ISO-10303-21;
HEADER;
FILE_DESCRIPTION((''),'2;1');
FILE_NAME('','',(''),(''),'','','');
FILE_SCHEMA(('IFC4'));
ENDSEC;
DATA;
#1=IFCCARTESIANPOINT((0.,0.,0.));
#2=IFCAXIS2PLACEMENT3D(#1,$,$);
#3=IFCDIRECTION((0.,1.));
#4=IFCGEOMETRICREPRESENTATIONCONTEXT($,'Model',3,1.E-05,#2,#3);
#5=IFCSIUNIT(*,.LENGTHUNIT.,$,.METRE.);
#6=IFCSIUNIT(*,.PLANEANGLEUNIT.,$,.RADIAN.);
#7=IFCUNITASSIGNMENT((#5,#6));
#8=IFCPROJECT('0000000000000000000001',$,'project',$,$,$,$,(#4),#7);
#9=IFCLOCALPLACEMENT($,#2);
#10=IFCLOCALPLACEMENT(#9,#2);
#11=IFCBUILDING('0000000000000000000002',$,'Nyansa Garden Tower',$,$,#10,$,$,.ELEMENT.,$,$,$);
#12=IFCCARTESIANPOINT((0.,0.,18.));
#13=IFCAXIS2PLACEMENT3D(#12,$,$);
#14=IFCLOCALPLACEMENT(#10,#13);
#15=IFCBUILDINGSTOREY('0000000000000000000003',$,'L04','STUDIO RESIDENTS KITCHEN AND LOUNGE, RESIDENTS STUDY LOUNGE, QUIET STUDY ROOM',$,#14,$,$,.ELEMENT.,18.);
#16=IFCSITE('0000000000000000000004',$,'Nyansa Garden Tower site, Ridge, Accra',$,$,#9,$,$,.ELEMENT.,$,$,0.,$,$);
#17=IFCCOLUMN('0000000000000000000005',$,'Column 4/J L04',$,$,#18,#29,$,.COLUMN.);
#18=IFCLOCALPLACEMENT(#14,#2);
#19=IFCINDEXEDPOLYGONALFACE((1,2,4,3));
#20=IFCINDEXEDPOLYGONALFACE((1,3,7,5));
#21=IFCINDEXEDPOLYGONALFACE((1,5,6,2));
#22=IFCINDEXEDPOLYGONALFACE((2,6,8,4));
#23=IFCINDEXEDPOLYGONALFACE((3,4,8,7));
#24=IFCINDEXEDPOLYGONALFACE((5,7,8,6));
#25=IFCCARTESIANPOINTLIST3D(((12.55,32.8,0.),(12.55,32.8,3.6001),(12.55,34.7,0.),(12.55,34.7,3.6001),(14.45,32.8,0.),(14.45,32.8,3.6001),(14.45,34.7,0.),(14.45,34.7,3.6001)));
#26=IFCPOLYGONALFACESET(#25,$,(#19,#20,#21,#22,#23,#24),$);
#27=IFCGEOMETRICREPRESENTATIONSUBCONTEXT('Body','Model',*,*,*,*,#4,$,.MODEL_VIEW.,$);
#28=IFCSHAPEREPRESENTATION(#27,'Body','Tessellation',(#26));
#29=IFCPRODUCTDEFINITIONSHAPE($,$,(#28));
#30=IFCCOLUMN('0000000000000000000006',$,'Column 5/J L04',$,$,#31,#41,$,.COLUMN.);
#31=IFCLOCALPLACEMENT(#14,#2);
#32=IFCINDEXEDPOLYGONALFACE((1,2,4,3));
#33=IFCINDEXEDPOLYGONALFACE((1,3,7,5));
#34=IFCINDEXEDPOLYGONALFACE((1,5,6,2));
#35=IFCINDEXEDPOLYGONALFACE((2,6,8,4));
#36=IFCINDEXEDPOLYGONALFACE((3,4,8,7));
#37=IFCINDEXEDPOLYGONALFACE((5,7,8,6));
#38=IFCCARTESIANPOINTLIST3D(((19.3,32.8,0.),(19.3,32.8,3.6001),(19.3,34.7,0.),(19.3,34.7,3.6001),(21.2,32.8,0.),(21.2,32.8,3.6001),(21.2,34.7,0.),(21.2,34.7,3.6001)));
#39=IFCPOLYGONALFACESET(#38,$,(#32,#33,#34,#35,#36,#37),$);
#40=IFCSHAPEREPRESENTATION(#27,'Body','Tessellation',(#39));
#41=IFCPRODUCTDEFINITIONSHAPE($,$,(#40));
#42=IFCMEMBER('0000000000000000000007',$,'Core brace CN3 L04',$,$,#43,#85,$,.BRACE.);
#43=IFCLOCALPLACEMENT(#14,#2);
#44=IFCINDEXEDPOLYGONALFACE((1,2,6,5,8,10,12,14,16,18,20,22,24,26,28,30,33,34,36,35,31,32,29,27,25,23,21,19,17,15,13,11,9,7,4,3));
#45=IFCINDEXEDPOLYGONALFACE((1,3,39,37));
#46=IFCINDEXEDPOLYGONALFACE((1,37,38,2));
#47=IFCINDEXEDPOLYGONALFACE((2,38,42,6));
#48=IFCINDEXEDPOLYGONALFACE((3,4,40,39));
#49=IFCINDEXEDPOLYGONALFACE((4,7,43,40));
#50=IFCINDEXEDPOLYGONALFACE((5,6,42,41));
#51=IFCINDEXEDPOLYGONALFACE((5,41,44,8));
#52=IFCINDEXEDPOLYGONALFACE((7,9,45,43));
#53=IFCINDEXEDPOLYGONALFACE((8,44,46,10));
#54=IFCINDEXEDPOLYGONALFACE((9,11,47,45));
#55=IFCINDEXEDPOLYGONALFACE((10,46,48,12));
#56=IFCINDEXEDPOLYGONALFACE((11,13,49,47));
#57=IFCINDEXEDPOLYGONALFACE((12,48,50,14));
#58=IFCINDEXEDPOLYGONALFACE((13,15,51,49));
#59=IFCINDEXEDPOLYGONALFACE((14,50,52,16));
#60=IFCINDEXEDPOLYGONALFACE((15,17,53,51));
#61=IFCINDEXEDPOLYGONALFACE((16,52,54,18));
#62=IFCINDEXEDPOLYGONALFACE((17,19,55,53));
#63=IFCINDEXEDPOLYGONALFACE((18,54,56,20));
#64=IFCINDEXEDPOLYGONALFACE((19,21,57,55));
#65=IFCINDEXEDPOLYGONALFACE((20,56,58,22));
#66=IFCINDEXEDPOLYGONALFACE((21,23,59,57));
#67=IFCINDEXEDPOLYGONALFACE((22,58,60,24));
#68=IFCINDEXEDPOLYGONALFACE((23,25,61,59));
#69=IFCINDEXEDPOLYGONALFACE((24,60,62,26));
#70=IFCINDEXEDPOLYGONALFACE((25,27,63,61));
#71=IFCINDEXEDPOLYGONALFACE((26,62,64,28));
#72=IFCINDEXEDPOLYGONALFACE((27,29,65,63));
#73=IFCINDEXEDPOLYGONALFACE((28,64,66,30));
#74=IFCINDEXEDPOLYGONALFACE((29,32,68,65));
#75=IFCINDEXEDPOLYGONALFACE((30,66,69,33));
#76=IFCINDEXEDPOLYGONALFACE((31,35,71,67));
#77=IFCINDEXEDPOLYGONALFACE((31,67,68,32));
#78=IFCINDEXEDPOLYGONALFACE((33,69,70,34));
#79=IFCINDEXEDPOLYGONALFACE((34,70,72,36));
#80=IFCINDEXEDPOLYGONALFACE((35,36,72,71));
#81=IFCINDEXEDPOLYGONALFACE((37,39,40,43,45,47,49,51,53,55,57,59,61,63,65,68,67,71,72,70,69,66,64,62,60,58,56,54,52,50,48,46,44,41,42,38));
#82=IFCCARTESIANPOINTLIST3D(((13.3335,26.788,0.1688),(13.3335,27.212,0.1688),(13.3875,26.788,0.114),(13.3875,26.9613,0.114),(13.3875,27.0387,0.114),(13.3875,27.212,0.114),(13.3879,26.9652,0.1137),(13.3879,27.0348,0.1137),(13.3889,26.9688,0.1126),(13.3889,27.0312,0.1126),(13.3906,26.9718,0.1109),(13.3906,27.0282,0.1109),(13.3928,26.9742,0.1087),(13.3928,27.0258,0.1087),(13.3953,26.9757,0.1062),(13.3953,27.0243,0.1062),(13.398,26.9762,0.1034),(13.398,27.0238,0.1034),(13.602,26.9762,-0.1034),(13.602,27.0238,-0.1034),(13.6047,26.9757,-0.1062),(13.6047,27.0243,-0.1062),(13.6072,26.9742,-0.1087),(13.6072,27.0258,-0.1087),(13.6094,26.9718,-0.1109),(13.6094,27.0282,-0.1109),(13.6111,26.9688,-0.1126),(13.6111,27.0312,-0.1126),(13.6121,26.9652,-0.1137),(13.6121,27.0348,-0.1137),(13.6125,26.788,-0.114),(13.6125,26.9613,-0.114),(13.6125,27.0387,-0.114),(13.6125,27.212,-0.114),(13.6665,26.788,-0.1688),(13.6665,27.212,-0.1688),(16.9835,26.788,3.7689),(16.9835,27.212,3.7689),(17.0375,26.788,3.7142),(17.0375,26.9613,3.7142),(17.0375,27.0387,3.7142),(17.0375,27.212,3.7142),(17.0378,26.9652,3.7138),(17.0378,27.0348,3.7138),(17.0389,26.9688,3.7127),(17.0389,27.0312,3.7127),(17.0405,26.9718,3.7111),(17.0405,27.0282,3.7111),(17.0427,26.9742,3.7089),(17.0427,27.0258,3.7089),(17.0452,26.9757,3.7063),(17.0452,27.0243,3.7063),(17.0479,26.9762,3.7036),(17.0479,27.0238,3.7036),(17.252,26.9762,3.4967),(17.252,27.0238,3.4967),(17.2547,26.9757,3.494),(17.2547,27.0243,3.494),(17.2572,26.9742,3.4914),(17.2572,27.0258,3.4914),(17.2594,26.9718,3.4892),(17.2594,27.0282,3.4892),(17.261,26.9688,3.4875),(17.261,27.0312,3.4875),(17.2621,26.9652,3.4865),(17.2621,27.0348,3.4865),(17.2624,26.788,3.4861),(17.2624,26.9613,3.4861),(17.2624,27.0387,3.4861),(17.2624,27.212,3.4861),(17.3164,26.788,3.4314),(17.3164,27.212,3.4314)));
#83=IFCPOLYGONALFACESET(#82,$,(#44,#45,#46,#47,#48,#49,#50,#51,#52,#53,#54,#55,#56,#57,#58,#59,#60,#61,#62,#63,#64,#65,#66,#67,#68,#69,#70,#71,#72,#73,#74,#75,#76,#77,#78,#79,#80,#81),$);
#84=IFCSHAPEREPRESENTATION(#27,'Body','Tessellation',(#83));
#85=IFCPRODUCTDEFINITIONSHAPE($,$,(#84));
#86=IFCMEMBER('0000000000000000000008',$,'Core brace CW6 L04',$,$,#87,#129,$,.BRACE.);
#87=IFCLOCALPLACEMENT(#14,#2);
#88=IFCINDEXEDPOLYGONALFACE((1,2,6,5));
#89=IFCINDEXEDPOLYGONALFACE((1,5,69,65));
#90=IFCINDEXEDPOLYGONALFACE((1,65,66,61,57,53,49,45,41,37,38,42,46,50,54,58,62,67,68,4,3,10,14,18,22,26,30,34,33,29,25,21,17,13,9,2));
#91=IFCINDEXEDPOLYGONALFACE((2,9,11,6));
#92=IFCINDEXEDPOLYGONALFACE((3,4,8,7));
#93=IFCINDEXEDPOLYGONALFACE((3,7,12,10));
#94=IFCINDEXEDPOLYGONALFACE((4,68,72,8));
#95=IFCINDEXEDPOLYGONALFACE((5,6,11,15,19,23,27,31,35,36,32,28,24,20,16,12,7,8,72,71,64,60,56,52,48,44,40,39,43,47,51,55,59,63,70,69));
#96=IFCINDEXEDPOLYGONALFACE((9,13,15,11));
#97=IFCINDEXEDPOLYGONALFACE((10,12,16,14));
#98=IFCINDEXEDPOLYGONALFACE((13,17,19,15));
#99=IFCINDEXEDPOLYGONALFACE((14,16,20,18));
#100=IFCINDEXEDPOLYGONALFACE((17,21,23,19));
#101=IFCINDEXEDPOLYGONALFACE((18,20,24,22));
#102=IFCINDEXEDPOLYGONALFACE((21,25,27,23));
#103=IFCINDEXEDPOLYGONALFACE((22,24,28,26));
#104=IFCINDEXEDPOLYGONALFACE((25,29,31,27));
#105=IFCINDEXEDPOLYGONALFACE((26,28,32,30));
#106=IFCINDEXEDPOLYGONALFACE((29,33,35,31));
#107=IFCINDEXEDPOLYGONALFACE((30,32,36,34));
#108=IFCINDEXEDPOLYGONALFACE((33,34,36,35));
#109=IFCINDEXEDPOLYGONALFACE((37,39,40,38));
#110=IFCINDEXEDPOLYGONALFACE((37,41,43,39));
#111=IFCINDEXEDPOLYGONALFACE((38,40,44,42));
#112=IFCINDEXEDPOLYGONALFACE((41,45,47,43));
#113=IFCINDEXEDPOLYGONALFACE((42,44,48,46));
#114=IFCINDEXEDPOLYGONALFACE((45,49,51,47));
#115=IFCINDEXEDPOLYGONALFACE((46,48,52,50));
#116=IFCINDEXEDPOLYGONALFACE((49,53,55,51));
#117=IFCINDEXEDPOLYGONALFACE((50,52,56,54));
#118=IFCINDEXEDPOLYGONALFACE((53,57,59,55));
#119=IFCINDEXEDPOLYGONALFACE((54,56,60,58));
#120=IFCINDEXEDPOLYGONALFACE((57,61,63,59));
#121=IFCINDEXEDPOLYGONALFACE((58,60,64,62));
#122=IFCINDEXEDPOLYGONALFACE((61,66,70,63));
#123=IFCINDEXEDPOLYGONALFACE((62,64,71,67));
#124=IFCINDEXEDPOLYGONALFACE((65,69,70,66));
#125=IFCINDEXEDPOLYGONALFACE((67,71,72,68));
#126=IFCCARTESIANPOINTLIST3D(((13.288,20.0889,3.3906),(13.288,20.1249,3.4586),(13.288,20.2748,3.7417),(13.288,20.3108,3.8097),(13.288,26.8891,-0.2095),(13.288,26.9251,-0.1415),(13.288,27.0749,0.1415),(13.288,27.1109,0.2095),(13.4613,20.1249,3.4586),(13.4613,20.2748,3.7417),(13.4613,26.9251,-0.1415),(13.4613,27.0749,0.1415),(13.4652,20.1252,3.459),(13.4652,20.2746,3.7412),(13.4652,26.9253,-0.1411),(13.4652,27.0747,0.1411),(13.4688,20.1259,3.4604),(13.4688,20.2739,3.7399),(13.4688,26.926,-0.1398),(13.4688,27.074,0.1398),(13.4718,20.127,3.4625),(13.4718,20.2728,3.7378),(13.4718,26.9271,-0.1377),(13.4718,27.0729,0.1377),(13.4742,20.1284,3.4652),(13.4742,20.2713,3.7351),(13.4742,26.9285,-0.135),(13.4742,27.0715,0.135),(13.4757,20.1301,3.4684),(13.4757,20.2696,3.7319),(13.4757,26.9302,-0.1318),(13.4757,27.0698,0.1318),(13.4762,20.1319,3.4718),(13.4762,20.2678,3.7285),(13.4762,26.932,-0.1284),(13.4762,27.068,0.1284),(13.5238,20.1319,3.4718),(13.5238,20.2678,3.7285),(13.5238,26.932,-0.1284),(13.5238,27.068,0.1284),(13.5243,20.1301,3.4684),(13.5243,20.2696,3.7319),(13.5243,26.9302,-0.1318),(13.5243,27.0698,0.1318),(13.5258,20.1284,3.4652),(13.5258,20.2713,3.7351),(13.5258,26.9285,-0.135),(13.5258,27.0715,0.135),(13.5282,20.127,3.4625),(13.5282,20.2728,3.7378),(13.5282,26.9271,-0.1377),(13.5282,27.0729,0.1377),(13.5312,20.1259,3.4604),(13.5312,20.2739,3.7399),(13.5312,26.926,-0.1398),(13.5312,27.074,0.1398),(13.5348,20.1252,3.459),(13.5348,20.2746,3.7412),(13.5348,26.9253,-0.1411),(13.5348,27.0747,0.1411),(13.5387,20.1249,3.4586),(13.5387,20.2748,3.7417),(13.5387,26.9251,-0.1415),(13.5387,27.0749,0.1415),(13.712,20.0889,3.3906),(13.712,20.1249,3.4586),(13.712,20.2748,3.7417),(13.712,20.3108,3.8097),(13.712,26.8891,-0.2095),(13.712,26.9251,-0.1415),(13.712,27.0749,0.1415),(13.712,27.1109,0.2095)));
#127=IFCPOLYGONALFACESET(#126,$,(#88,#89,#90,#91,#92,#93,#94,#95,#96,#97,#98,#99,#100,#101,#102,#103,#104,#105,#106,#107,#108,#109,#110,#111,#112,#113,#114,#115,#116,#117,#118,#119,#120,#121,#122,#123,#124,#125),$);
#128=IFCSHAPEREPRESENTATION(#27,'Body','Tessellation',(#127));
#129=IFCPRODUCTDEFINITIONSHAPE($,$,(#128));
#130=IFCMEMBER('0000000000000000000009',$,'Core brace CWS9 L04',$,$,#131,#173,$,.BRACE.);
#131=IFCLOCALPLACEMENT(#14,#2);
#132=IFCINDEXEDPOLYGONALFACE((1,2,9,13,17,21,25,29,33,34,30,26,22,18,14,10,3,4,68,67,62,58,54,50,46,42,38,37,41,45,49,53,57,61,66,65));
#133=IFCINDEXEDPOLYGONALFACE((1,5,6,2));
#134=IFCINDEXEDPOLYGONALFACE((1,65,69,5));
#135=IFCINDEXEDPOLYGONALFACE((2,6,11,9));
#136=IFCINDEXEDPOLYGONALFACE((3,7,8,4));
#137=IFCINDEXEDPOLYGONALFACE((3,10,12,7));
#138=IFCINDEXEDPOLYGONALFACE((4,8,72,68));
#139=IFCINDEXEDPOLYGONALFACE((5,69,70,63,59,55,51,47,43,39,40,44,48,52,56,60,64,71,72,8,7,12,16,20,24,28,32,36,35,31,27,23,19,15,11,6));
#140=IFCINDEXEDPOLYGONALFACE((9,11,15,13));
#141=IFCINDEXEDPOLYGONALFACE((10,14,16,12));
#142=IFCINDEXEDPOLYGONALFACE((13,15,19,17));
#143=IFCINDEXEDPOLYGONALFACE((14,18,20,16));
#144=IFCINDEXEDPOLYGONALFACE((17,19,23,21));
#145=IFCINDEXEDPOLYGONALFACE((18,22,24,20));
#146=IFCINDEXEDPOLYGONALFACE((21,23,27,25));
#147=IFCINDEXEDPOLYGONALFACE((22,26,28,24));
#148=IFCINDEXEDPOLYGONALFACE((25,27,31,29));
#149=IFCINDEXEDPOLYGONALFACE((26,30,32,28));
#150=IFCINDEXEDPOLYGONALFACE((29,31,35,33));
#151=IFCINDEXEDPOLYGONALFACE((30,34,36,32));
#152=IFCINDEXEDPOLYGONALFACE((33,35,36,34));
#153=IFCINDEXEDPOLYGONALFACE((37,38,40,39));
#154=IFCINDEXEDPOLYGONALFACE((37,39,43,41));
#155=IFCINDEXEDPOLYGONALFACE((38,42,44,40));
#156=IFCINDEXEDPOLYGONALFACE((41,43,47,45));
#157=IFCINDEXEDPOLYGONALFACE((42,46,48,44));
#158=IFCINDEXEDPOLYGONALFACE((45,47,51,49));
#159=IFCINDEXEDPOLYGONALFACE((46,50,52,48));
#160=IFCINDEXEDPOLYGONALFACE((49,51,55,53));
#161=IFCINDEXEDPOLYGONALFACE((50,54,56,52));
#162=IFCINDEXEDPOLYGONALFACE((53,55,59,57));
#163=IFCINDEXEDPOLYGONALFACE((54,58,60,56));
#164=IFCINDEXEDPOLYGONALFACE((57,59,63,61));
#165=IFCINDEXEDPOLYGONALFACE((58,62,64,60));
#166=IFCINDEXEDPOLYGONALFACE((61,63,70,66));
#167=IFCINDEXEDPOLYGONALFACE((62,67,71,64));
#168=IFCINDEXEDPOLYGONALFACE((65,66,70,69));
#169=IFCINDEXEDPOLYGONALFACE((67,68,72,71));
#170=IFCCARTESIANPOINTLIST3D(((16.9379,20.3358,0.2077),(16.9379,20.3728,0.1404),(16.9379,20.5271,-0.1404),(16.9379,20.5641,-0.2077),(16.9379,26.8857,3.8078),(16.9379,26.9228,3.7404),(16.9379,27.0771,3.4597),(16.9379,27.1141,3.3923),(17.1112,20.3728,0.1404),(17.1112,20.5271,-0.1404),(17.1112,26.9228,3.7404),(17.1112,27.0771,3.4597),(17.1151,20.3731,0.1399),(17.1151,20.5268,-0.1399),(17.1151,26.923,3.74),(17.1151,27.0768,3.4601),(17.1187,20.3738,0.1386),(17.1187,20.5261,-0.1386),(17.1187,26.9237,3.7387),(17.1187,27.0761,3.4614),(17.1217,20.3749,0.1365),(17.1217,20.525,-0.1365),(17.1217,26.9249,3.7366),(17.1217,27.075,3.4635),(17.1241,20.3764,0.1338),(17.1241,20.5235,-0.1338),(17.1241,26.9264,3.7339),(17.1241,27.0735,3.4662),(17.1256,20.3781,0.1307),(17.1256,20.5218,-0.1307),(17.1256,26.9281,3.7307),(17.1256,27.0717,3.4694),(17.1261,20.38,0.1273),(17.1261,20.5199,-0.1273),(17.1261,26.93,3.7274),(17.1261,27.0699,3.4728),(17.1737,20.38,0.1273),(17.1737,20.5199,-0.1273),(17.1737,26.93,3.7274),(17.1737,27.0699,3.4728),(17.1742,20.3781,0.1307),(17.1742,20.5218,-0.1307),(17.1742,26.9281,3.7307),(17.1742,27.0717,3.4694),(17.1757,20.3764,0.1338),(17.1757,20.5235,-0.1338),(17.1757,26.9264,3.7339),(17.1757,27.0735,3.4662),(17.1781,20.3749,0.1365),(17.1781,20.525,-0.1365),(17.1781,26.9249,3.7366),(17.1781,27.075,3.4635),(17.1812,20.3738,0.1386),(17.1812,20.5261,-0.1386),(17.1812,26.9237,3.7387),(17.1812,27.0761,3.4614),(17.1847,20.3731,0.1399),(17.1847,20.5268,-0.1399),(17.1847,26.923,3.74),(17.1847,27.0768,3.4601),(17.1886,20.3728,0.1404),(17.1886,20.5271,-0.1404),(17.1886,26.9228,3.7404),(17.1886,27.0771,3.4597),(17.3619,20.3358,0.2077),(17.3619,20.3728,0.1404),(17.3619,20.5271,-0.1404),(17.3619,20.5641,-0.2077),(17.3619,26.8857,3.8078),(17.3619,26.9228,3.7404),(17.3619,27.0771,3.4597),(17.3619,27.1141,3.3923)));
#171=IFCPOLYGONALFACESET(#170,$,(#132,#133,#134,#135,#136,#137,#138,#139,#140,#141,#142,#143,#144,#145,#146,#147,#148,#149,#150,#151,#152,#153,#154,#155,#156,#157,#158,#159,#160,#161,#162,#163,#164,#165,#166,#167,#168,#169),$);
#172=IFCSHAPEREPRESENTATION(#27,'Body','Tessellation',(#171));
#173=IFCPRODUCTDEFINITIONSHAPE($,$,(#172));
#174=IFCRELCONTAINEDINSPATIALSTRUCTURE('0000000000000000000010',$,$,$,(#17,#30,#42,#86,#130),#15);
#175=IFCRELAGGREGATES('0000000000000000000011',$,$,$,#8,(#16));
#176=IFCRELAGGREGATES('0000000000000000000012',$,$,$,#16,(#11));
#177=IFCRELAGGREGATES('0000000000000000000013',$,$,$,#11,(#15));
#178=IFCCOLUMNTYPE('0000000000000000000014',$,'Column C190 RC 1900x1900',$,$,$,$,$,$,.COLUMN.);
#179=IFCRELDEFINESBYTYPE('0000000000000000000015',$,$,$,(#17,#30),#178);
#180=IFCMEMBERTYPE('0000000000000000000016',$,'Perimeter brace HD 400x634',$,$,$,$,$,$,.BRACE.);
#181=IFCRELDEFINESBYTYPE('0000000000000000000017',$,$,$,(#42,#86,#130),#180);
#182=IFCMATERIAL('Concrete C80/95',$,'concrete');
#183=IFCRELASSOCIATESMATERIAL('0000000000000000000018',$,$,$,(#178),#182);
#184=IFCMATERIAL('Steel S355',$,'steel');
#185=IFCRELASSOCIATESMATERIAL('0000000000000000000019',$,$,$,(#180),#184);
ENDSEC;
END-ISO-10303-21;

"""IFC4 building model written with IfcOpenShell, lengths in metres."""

from ifc_helpers import new_model, si_unit, direction, frame, origin, origin_2d, place, context, subcontext, project, spatial, rectangle, i_section, extrude, material, material_profile, profile_set, type_object, element, save


model = new_model("IFC4")

# Units and contexts
model_context = context("Model", 3, precision=1e-05, world=origin(), true_north=direction((0.0, 1.0)))
body_context = subcontext(model_context, "Body", "Model", "MODEL_VIEW")
ifc_project = project(units=[si_unit("LENGTHUNIT", "METRE"), si_unit("PLANEANGLEUNIT", "RADIAN")], contexts=[model_context])

# Site, building, storey
site_placement = place(None, origin())
site = spatial("IfcSite", under=ifc_project, at=site_placement, Name="Nyansa Garden Tower site, Ridge, Accra", CompositionType="ELEMENT", RefElevation=0.0)
building_placement = place(site_placement, origin())
building = spatial("IfcBuilding", under=site, at=building_placement, Name="Nyansa Garden Tower", CompositionType="ELEMENT")
storey_placement = place(building_placement, frame((0.0, 0.0, 18.0)))
storey = spatial("IfcBuildingStorey", under=building, at=storey_placement, Name="L04", Description="STUDIO RESIDENTS KITCHEN AND LOUNGE, RESIDENTS STUDY LOUNGE, QUIET STUDY ROOM", CompositionType="ELEMENT", Elevation=18.0)

# Columns
ifc_material_1 = material(Name="Concrete C80/95", Category="concrete")
ifc_material_profile_1 = material_profile(ifc_material_1, rectangle(XDim=1.8999, YDim=1.8999, at=origin_2d()), Name="RC 1900x1900")
ifc_profile_set_1 = profile_set([ifc_material_profile_1], Name="Concrete C80/95")
column_type = type_object("IfcColumnType", Name="Column C190 RC 1900x1900", PredefinedType="COLUMN", material=ifc_profile_set_1)
for number, where, z_axis, x_axis, name in (
    (1, (13.5, 33.75, 0.0), (0.0, 0.0, 1.0), (1.0, 0.0, 0.0), "Column 4/J L04"),
    (2, (20.25, 33.75, 0.0), (0.0, 0.0, 1.0), (1.0, 0.0, 0.0), "Column 5/J L04"),
):
    element("IfcColumn", number, at=place(storey_placement, frame(where, z_axis=z_axis, x_axis=x_axis)), inside=storey, type_object=column_type, Name=name, PredefinedType="COLUMN", context=body_context, shape_type="SweptSolid", body=[
        extrude(rectangle(XDim=1.8999, YDim=1.8999, at=origin_2d()), origin(), (0.0, 0.0, 1.0), 3.6001),
    ])

# Members
ifc_material_2 = material(Name="Steel S355", Category="steel")
ifc_material_profile_2 = material_profile(ifc_material_2, i_section(OverallWidth=0.4241, OverallDepth=0.4741, WebThickness=0.0476, FlangeThickness=0.0769, FilletRadius=0.0149, at=origin_2d()), Name="HD 400x634")
ifc_profile_set_2 = profile_set([ifc_material_profile_2], Name="Steel S355")
member_type = type_object("IfcMemberType", Name="Perimeter brace HD 400x634", PredefinedType="BRACE", material=ifc_profile_set_2)
member_1_placement = place(storey_placement, frame((13.5, 27.0, 0.0), z_axis=(0.711948, 0.0, 0.702233), x_axis=(0.0, 1.0, 0.0)))
element("IfcMember", 3, at=member_1_placement, inside=storey, type_object=member_type, Name="Core brace CN3 L04", PredefinedType="BRACE", context=body_context, shape_type="SweptSolid", body=[
    extrude(i_section(OverallWidth=0.4241, OverallDepth=0.4741, WebThickness=0.0476, FlangeThickness=0.0769, FilletRadius=0.0149, at=origin_2d()), origin(), (0.0, 0.0, 1.0), 5.1267),
])
member_2_placement = place(storey_placement, frame((13.5, 27.0, 0.0), z_axis=(0.0, -0.883784, 0.467895), x_axis=(1.0, 0.0, 0.0)))
element("IfcMember", 4, at=member_2_placement, inside=storey, type_object=member_type, Name="Core brace CW6 L04", PredefinedType="BRACE", context=body_context, shape_type="SweptSolid", body=[
    extrude(i_section(OverallWidth=0.4241, OverallDepth=0.4741, WebThickness=0.0476, FlangeThickness=0.0769, FilletRadius=0.0149, at=origin_2d()), origin(), (0.0, 0.0, 1.0), 7.6943),
])
member_3_placement = place(storey_placement, frame((17.1499, 20.45, 0.0), z_axis=(0.0, 0.876353, 0.481669), x_axis=(-1.0, 0.0, 0.0)))
element("IfcMember", 5, at=member_3_placement, inside=storey, type_object=member_type, Name="Core brace CWS9 L04", PredefinedType="BRACE", context=body_context, shape_type="SweptSolid", body=[
    extrude(i_section(OverallWidth=0.4241, OverallDepth=0.4741, WebThickness=0.0476, FlangeThickness=0.0769, FilletRadius=0.0149, at=origin_2d()), origin(), (0.0, 0.0, 1.0), 7.4741),
])

save(model, "model.ifc")
